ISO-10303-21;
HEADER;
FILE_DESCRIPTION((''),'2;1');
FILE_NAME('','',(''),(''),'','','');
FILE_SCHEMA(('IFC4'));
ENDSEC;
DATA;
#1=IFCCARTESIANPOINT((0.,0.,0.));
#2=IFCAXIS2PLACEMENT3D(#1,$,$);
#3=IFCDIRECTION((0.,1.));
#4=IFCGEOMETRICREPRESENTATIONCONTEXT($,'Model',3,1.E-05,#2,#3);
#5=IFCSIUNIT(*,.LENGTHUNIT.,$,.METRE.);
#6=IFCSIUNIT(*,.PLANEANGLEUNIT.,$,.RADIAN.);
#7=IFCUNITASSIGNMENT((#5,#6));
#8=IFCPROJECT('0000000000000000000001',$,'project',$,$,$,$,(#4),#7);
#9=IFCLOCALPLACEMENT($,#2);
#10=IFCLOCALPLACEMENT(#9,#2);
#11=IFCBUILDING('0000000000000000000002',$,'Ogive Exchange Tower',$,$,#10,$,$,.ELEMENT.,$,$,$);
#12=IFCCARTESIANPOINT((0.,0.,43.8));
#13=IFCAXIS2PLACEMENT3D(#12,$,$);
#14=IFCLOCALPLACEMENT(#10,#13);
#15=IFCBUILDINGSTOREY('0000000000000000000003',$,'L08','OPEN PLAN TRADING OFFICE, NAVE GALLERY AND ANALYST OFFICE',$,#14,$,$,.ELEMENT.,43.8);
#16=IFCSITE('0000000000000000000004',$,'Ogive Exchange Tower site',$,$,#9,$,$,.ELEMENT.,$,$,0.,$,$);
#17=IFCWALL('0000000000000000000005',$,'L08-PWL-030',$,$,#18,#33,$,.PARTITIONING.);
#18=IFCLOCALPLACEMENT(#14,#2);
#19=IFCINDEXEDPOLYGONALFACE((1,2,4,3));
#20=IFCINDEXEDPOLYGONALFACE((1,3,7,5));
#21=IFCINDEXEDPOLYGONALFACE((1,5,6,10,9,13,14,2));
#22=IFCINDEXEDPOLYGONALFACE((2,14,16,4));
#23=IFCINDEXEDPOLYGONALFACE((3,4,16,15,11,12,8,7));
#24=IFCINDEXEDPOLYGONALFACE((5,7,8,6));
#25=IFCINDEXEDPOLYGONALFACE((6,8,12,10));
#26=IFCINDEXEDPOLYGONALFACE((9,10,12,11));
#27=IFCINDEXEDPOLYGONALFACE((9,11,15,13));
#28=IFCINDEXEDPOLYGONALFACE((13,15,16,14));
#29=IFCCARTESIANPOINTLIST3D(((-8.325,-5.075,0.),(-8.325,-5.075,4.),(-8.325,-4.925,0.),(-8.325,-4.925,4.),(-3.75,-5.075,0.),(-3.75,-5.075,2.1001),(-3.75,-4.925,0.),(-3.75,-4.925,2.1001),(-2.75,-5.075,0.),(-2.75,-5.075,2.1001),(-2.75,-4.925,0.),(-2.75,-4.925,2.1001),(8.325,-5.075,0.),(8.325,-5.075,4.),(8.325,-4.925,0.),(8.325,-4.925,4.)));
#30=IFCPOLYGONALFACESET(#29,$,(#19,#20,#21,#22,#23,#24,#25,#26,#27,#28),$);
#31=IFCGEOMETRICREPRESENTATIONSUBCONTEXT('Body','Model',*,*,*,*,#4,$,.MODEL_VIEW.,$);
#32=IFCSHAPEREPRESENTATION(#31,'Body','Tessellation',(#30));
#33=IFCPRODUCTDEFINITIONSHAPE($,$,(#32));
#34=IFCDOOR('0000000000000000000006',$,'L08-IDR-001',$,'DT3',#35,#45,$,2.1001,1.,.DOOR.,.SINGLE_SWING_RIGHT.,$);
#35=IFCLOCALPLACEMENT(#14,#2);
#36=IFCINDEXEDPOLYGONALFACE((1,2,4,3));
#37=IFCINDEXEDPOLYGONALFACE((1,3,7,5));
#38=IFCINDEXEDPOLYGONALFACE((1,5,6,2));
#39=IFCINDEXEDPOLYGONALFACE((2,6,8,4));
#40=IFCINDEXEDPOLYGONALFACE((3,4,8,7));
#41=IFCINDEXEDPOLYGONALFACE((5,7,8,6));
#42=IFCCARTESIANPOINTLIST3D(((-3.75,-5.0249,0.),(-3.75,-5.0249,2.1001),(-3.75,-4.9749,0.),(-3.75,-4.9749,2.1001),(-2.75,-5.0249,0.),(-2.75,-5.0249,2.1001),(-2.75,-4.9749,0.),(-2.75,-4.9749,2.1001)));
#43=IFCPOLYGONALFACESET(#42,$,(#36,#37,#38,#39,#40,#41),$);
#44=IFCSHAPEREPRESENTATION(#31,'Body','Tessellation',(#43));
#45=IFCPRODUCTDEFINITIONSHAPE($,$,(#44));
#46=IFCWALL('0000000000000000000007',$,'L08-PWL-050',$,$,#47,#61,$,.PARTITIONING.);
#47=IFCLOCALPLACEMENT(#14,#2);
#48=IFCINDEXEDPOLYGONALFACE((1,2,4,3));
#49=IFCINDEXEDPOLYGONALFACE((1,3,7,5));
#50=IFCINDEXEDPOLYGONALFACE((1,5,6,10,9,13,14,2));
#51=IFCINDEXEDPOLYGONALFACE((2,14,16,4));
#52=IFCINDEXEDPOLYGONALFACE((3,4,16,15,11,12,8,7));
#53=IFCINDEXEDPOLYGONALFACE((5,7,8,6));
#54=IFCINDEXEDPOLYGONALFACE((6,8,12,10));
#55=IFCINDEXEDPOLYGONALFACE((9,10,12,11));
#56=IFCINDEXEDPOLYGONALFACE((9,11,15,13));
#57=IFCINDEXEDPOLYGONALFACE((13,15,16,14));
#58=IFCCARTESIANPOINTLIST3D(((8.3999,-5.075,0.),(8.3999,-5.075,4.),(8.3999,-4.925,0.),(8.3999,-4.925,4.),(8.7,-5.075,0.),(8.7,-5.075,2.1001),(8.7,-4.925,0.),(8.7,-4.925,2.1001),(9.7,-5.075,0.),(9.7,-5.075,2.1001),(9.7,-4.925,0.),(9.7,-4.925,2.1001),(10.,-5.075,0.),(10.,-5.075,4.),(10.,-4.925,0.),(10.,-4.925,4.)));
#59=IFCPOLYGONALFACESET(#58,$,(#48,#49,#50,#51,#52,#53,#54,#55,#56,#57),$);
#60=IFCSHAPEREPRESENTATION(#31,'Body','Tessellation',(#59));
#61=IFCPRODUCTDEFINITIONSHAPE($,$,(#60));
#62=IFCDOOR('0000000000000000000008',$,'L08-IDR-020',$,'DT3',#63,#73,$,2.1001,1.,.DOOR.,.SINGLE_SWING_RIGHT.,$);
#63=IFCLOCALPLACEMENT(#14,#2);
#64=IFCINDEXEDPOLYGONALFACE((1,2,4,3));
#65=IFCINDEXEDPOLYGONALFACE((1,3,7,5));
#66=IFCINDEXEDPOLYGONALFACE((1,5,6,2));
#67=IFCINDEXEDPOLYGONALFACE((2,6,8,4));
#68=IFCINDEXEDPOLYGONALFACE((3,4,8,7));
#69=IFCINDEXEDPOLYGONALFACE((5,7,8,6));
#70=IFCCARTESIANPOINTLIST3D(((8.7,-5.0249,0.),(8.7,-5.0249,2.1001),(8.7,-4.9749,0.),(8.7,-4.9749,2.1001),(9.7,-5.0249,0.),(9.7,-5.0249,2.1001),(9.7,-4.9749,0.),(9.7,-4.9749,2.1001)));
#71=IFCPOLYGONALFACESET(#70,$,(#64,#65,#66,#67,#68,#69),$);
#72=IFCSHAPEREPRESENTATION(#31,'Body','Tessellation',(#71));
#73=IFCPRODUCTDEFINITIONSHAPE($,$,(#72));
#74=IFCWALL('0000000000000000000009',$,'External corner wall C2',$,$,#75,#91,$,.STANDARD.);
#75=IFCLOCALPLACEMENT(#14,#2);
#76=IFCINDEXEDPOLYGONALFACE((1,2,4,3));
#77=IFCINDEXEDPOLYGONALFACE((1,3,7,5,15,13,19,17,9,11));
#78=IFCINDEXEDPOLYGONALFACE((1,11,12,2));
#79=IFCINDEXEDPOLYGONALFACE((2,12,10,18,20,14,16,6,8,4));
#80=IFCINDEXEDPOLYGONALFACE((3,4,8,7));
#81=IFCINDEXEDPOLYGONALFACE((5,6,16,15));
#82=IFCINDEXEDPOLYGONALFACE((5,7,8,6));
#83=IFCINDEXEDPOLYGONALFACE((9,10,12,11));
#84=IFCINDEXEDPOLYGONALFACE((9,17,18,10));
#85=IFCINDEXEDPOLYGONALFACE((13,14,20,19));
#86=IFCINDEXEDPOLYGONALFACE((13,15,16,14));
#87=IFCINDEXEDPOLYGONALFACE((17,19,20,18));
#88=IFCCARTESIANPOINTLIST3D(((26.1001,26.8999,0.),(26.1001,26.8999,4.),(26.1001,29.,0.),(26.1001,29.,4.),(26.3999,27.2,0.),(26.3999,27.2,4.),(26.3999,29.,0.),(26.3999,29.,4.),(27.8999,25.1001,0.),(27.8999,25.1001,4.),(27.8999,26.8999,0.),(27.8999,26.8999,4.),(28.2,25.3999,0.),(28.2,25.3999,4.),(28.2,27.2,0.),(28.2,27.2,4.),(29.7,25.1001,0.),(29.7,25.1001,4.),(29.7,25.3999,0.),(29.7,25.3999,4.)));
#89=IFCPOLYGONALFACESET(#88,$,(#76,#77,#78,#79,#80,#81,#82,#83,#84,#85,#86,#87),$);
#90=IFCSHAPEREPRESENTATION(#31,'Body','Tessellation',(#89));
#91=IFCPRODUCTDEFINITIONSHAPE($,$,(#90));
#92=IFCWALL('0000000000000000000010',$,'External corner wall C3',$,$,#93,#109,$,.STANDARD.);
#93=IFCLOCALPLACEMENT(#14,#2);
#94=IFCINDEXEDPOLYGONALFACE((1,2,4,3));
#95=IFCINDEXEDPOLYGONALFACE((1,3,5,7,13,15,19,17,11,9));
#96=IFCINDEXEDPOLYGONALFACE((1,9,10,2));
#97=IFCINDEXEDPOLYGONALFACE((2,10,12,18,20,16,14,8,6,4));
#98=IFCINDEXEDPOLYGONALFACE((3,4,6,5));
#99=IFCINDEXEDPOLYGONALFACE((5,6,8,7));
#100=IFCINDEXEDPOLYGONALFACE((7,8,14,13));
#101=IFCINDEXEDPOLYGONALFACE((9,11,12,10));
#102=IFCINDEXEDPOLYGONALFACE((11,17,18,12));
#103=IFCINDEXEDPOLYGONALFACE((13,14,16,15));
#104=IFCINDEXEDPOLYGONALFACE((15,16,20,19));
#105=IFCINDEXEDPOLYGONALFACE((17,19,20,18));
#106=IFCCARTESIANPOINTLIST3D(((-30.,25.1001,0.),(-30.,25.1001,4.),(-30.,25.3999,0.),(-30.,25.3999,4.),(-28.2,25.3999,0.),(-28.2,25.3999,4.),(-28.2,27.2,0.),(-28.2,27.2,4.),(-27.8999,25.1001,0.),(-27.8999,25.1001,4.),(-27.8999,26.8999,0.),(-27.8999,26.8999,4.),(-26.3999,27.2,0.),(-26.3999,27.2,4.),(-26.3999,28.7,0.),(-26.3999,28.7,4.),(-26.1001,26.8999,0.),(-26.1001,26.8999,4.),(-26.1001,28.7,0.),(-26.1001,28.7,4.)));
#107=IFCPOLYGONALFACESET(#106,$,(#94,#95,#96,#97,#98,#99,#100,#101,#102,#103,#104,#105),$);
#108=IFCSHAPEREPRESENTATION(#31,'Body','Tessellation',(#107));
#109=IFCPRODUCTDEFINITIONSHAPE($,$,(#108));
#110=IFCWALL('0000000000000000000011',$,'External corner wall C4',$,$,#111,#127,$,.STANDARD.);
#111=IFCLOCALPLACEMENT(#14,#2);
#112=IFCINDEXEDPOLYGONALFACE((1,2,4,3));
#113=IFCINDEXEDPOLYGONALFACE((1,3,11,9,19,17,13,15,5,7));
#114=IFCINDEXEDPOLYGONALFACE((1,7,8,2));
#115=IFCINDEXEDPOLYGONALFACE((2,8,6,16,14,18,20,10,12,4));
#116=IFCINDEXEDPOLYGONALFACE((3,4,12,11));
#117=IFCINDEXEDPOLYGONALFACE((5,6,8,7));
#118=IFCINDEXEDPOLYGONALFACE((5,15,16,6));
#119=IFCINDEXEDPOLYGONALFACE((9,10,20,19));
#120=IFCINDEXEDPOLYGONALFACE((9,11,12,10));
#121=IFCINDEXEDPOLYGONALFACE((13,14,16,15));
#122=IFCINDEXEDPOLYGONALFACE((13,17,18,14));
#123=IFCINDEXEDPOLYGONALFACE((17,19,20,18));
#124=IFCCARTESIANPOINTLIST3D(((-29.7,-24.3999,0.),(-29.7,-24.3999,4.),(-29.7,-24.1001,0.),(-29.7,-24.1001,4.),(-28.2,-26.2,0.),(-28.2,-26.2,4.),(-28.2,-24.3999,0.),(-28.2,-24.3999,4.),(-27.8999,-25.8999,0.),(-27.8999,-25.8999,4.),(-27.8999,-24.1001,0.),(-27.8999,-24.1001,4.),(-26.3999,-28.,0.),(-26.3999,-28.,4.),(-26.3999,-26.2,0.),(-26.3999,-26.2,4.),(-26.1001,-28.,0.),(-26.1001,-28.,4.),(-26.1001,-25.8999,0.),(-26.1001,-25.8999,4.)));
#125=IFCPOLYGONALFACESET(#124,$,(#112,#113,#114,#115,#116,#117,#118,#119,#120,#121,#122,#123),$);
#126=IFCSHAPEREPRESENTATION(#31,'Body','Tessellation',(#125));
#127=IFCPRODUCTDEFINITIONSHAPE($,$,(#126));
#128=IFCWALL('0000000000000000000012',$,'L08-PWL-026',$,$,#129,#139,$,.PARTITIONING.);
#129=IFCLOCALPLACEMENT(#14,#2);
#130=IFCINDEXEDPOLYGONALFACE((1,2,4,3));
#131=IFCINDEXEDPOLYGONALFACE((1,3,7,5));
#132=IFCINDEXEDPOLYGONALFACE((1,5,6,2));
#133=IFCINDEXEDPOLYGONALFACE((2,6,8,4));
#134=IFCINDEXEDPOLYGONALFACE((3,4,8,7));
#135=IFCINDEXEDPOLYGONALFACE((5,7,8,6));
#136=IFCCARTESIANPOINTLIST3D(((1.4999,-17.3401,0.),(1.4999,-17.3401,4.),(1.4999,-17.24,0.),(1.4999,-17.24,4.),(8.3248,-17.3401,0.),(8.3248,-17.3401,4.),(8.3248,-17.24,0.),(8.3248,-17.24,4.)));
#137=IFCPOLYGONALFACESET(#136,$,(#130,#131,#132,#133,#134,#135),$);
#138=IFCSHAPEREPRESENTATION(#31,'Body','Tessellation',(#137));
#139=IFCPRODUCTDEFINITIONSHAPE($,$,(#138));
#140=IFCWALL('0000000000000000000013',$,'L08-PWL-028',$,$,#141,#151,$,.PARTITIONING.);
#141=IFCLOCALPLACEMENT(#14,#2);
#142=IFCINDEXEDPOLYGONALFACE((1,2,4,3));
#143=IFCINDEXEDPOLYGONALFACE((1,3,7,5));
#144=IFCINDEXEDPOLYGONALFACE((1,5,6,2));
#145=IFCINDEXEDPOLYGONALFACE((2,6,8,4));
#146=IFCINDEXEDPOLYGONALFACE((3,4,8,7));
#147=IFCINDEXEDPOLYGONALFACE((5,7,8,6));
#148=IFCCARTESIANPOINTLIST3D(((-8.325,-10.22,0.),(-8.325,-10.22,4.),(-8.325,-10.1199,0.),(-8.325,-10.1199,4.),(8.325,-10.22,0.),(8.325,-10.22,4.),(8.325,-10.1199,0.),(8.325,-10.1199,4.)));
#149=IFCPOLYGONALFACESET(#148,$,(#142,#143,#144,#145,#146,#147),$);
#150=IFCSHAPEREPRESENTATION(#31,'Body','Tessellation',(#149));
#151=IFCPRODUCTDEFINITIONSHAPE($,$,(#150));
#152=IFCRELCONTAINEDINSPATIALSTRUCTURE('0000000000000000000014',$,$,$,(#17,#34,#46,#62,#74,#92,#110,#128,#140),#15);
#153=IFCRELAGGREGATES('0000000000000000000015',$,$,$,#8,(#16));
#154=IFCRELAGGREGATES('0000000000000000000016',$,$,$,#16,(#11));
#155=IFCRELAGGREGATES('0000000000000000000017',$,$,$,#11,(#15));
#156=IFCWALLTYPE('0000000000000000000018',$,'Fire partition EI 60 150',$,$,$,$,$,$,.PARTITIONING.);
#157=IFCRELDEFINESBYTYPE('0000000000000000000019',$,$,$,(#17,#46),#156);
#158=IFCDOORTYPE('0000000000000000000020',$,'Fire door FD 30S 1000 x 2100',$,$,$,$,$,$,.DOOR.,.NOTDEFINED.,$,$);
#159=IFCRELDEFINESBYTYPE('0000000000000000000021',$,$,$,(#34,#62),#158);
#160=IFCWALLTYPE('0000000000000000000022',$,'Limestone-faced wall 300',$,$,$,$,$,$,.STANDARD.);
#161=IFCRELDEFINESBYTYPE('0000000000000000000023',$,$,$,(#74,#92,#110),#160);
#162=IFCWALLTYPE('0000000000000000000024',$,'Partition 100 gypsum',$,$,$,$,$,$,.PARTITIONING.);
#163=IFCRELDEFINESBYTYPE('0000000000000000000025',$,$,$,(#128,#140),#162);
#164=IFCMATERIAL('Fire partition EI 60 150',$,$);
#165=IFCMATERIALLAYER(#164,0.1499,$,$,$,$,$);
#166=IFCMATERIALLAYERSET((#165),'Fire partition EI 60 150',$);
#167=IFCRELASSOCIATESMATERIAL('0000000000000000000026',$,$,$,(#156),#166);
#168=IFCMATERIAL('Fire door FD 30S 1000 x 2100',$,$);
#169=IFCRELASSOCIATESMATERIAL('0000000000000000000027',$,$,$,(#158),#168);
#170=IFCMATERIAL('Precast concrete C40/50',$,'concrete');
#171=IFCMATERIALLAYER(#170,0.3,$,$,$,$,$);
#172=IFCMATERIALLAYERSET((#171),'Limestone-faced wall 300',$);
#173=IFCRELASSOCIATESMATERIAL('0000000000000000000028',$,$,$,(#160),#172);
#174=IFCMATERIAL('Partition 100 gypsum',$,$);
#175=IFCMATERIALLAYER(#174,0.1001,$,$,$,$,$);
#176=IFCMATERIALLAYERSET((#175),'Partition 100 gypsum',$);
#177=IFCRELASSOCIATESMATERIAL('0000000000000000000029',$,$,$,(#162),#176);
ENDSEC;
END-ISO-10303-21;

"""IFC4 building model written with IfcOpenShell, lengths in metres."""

from ifc_helpers import new_model, si_unit, direction, frame, frame_2d, origin, place, context, subcontext, project, spatial, polyline, rectangle, outline, extrude, material, layer, layer_set, type_object, element, fill, save


model = new_model("IFC4")

# Units and contexts
model_context = context("Model", 3, precision=1e-05, world=origin(), true_north=direction((0.0, 1.0)))
body_context = subcontext(model_context, "Body", "Model", "MODEL_VIEW")
ifc_project = project(units=[si_unit("LENGTHUNIT", "METRE"), si_unit("PLANEANGLEUNIT", "RADIAN")], contexts=[model_context])

# Site, building, storey
site_placement = place(None, origin())
site = spatial("IfcSite", under=ifc_project, at=site_placement, Name="Ogive Exchange Tower site", CompositionType="ELEMENT", RefElevation=0.0)
building_placement = place(site_placement, origin())
building = spatial("IfcBuilding", under=site, at=building_placement, Name="Ogive Exchange Tower", CompositionType="ELEMENT")
storey_placement = place(building_placement, frame((0.0, 0.0, 43.8)))
storey = spatial("IfcBuildingStorey", under=building, at=storey_placement, Name="L08", Description="OPEN PLAN TRADING OFFICE, NAVE GALLERY AND ANALYST OFFICE", CompositionType="ELEMENT", Elevation=43.8)

# Shared definitions
ifc_material_1 = material(Name="Fire partition EI 60 150")
ifc_layer_1 = layer(ifc_material_1, 0.1499)
ifc_layer_set_1 = layer_set([ifc_layer_1], Name="Fire partition EI 60 150")
wall_type_1 = type_object("IfcWallType", Name="Fire partition EI 60 150", PredefinedType="PARTITIONING", material=ifc_layer_set_1)

# Walls, openings, doors
wall_1_placement = place(storey_placement, frame((8.325, -5.0, 0.0), z_axis=(0.0, 0.0, 1.0), x_axis=(-1.0, 0.0, 0.0)))
wall_1 = element("IfcWall", 1, at=wall_1_placement, inside=storey, type_object=wall_type_1, Name="L08-PWL-030", PredefinedType="PARTITIONING", context=body_context, shape_type="SweptSolid", body=[
    extrude(rectangle(XDim=16.6499, YDim=0.1499, at=frame_2d((8.325, 0.0))), origin(), (0.0, 0.0, 1.0), 4.0),
])
opening_1_placement = place(wall_1_placement, frame((11.075, 0.0, 0.0)))
opening_1 = element("IfcOpeningElement", 2, at=opening_1_placement, cuts=wall_1, PredefinedType="OPENING", context=body_context, shape_type="SweptSolid", body=[
    extrude(rectangle(XDim=1.0, YDim=2.1001, at=frame_2d((0.5, 1.05))), frame((0.0, 0.085, 0.0), z_axis=(0.0, -1.0, 0.0), x_axis=(1.0, 0.0, 0.0)), (0.0, 0.0, 1.0), 0.1699),
])
ifc_material_2 = material(Name="Fire door FD 30S 1000 x 2100")
door_type_1 = type_object("IfcDoorType", Name="Fire door FD 30S 1000 x 2100", OperationType="NOTDEFINED", PredefinedType="DOOR", material=ifc_material_2)
door_1_placement = place(opening_1_placement, origin())
door_1 = element("IfcDoor", 3, at=door_1_placement, inside=storey, type_object=door_type_1, Name="L08-IDR-001", ObjectType="DT3", OperationType="SINGLE_SWING_RIGHT", OverallHeight=2.1001, OverallWidth=1.0, PredefinedType="DOOR", context=body_context, shape_type="SweptSolid", body=[
    extrude(rectangle(XDim=1.0, YDim=2.1001, at=frame_2d((0.5, 1.05))), frame((0.0, 0.0249, 0.0), z_axis=(0.0, -1.0, 0.0), x_axis=(1.0, 0.0, 0.0)), (0.0, 0.0, 1.0), 0.05),
])
fill(opening_1, door_1)
wall_2_placement = place(storey_placement, frame((10.0, -5.0, 0.0), z_axis=(0.0, 0.0, 1.0), x_axis=(-1.0, 0.0, 0.0)))
wall_2 = element("IfcWall", 4, at=wall_2_placement, inside=storey, type_object=wall_type_1, Name="L08-PWL-050", PredefinedType="PARTITIONING", context=body_context, shape_type="SweptSolid", body=[
    extrude(rectangle(XDim=1.6001, YDim=0.1499, at=frame_2d((0.8, 0.0))), origin(), (0.0, 0.0, 1.0), 4.0),
])
opening_2_placement = place(wall_2_placement, frame((0.3, 0.0, 0.0)))
opening_2 = element("IfcOpeningElement", 5, at=opening_2_placement, cuts=wall_2, PredefinedType="OPENING", context=body_context, shape_type="SweptSolid", body=[
    extrude(rectangle(XDim=1.0, YDim=2.1001, at=frame_2d((0.5, 1.05))), frame((0.0, 0.085, 0.0), z_axis=(0.0, -1.0, 0.0), x_axis=(1.0, 0.0, 0.0)), (0.0, 0.0, 1.0), 0.1699),
])
door_2_placement = place(opening_2_placement, origin())
door_2 = element("IfcDoor", 6, at=door_2_placement, inside=storey, type_object=door_type_1, Name="L08-IDR-020", ObjectType="DT3", OperationType="SINGLE_SWING_RIGHT", OverallHeight=2.1001, OverallWidth=1.0, PredefinedType="DOOR", context=body_context, shape_type="SweptSolid", body=[
    extrude(rectangle(XDim=1.0, YDim=2.1001, at=frame_2d((0.5, 1.05))), frame((0.0, 0.0249, 0.0), z_axis=(0.0, -1.0, 0.0), x_axis=(1.0, 0.0, 0.0)), (0.0, 0.0, 1.0), 0.05),
])
fill(opening_2, door_2)

# Walls
ifc_material_3 = material(Name="Precast concrete C40/50", Category="concrete")
ifc_layer_2 = layer(ifc_material_3, 0.3)
ifc_layer_set_2 = layer_set([ifc_layer_2], Name="Limestone-faced wall 300")
wall_type_2 = type_object("IfcWallType", Name="Limestone-faced wall 300", PredefinedType="STANDARD", material=ifc_layer_set_2)
wall_3_placement = place(storey_placement, origin())
element("IfcWall", 7, at=wall_3_placement, inside=storey, type_object=wall_type_2, Name="External corner wall C2", PredefinedType="STANDARD", context=body_context, shape_type="SweptSolid", body=[
    extrude(outline(polyline([(27.8999, 26.8999), (26.1001, 26.8999), (26.1001, 29.0), (26.3999, 29.0), (26.3999, 27.2), (28.2, 27.2), (28.2, 25.3999), (29.7, 25.3999), (29.7, 25.1001), (27.8999, 25.1001), (27.8999, 26.8999)])), origin(), (0.0, 0.0, 1.0), 4.0),
])
wall_4_placement = place(storey_placement, origin())
element("IfcWall", 8, at=wall_4_placement, inside=storey, type_object=wall_type_2, Name="External corner wall C3", PredefinedType="STANDARD", context=body_context, shape_type="SweptSolid", body=[
    extrude(outline(polyline([(-28.2, 25.3999), (-28.2, 27.2), (-26.3999, 27.2), (-26.3999, 28.7), (-26.1001, 28.7), (-26.1001, 26.8999), (-27.8999, 26.8999), (-27.8999, 25.1001), (-30.0, 25.1001), (-30.0, 25.3999), (-28.2, 25.3999)])), origin(), (0.0, 0.0, 1.0), 4.0),
])
wall_5_placement = place(storey_placement, origin())
element("IfcWall", 9, at=wall_5_placement, inside=storey, type_object=wall_type_2, Name="External corner wall C4", PredefinedType="STANDARD", context=body_context, shape_type="SweptSolid", body=[
    extrude(outline(polyline([(-26.3999, -26.2), (-28.2, -26.2), (-28.2, -24.3999), (-29.7, -24.3999), (-29.7, -24.1001), (-27.8999, -24.1001), (-27.8999, -25.8999), (-26.1001, -25.8999), (-26.1001, -28.0), (-26.3999, -28.0), (-26.3999, -26.2)])), origin(), (0.0, 0.0, 1.0), 4.0),
])
ifc_material_4 = material(Name="Partition 100 gypsum")
ifc_layer_3 = layer(ifc_material_4, 0.1001)
ifc_layer_set_3 = layer_set([ifc_layer_3], Name="Partition 100 gypsum")
wall_type_3 = type_object("IfcWallType", Name="Partition 100 gypsum", PredefinedType="PARTITIONING", material=ifc_layer_set_3)
wall_6_placement = place(storey_placement, frame((8.325, -17.29, 0.0), z_axis=(0.0, 0.0, 1.0), x_axis=(-1.0, 0.0, 0.0)))
element("IfcWall", 10, at=wall_6_placement, inside=storey, type_object=wall_type_3, Name="L08-PWL-026", PredefinedType="PARTITIONING", context=body_context, shape_type="SweptSolid", body=[
    extrude(rectangle(XDim=6.825, YDim=0.1001, at=frame_2d((3.4126, 0.0))), origin(), (0.0, 0.0, 1.0), 4.0),
])
wall_7_placement = place(storey_placement, frame((8.325, -10.1699, 0.0), z_axis=(0.0, 0.0, 1.0), x_axis=(-1.0, 0.0, 0.0)))
element("IfcWall", 11, at=wall_7_placement, inside=storey, type_object=wall_type_3, Name="L08-PWL-028", PredefinedType="PARTITIONING", context=body_context, shape_type="SweptSolid", body=[
    extrude(rectangle(XDim=16.6499, YDim=0.1001, at=frame_2d((8.325, 0.0))), origin(), (0.0, 0.0, 1.0), 4.0),
])

save(model, "model.ifc")
